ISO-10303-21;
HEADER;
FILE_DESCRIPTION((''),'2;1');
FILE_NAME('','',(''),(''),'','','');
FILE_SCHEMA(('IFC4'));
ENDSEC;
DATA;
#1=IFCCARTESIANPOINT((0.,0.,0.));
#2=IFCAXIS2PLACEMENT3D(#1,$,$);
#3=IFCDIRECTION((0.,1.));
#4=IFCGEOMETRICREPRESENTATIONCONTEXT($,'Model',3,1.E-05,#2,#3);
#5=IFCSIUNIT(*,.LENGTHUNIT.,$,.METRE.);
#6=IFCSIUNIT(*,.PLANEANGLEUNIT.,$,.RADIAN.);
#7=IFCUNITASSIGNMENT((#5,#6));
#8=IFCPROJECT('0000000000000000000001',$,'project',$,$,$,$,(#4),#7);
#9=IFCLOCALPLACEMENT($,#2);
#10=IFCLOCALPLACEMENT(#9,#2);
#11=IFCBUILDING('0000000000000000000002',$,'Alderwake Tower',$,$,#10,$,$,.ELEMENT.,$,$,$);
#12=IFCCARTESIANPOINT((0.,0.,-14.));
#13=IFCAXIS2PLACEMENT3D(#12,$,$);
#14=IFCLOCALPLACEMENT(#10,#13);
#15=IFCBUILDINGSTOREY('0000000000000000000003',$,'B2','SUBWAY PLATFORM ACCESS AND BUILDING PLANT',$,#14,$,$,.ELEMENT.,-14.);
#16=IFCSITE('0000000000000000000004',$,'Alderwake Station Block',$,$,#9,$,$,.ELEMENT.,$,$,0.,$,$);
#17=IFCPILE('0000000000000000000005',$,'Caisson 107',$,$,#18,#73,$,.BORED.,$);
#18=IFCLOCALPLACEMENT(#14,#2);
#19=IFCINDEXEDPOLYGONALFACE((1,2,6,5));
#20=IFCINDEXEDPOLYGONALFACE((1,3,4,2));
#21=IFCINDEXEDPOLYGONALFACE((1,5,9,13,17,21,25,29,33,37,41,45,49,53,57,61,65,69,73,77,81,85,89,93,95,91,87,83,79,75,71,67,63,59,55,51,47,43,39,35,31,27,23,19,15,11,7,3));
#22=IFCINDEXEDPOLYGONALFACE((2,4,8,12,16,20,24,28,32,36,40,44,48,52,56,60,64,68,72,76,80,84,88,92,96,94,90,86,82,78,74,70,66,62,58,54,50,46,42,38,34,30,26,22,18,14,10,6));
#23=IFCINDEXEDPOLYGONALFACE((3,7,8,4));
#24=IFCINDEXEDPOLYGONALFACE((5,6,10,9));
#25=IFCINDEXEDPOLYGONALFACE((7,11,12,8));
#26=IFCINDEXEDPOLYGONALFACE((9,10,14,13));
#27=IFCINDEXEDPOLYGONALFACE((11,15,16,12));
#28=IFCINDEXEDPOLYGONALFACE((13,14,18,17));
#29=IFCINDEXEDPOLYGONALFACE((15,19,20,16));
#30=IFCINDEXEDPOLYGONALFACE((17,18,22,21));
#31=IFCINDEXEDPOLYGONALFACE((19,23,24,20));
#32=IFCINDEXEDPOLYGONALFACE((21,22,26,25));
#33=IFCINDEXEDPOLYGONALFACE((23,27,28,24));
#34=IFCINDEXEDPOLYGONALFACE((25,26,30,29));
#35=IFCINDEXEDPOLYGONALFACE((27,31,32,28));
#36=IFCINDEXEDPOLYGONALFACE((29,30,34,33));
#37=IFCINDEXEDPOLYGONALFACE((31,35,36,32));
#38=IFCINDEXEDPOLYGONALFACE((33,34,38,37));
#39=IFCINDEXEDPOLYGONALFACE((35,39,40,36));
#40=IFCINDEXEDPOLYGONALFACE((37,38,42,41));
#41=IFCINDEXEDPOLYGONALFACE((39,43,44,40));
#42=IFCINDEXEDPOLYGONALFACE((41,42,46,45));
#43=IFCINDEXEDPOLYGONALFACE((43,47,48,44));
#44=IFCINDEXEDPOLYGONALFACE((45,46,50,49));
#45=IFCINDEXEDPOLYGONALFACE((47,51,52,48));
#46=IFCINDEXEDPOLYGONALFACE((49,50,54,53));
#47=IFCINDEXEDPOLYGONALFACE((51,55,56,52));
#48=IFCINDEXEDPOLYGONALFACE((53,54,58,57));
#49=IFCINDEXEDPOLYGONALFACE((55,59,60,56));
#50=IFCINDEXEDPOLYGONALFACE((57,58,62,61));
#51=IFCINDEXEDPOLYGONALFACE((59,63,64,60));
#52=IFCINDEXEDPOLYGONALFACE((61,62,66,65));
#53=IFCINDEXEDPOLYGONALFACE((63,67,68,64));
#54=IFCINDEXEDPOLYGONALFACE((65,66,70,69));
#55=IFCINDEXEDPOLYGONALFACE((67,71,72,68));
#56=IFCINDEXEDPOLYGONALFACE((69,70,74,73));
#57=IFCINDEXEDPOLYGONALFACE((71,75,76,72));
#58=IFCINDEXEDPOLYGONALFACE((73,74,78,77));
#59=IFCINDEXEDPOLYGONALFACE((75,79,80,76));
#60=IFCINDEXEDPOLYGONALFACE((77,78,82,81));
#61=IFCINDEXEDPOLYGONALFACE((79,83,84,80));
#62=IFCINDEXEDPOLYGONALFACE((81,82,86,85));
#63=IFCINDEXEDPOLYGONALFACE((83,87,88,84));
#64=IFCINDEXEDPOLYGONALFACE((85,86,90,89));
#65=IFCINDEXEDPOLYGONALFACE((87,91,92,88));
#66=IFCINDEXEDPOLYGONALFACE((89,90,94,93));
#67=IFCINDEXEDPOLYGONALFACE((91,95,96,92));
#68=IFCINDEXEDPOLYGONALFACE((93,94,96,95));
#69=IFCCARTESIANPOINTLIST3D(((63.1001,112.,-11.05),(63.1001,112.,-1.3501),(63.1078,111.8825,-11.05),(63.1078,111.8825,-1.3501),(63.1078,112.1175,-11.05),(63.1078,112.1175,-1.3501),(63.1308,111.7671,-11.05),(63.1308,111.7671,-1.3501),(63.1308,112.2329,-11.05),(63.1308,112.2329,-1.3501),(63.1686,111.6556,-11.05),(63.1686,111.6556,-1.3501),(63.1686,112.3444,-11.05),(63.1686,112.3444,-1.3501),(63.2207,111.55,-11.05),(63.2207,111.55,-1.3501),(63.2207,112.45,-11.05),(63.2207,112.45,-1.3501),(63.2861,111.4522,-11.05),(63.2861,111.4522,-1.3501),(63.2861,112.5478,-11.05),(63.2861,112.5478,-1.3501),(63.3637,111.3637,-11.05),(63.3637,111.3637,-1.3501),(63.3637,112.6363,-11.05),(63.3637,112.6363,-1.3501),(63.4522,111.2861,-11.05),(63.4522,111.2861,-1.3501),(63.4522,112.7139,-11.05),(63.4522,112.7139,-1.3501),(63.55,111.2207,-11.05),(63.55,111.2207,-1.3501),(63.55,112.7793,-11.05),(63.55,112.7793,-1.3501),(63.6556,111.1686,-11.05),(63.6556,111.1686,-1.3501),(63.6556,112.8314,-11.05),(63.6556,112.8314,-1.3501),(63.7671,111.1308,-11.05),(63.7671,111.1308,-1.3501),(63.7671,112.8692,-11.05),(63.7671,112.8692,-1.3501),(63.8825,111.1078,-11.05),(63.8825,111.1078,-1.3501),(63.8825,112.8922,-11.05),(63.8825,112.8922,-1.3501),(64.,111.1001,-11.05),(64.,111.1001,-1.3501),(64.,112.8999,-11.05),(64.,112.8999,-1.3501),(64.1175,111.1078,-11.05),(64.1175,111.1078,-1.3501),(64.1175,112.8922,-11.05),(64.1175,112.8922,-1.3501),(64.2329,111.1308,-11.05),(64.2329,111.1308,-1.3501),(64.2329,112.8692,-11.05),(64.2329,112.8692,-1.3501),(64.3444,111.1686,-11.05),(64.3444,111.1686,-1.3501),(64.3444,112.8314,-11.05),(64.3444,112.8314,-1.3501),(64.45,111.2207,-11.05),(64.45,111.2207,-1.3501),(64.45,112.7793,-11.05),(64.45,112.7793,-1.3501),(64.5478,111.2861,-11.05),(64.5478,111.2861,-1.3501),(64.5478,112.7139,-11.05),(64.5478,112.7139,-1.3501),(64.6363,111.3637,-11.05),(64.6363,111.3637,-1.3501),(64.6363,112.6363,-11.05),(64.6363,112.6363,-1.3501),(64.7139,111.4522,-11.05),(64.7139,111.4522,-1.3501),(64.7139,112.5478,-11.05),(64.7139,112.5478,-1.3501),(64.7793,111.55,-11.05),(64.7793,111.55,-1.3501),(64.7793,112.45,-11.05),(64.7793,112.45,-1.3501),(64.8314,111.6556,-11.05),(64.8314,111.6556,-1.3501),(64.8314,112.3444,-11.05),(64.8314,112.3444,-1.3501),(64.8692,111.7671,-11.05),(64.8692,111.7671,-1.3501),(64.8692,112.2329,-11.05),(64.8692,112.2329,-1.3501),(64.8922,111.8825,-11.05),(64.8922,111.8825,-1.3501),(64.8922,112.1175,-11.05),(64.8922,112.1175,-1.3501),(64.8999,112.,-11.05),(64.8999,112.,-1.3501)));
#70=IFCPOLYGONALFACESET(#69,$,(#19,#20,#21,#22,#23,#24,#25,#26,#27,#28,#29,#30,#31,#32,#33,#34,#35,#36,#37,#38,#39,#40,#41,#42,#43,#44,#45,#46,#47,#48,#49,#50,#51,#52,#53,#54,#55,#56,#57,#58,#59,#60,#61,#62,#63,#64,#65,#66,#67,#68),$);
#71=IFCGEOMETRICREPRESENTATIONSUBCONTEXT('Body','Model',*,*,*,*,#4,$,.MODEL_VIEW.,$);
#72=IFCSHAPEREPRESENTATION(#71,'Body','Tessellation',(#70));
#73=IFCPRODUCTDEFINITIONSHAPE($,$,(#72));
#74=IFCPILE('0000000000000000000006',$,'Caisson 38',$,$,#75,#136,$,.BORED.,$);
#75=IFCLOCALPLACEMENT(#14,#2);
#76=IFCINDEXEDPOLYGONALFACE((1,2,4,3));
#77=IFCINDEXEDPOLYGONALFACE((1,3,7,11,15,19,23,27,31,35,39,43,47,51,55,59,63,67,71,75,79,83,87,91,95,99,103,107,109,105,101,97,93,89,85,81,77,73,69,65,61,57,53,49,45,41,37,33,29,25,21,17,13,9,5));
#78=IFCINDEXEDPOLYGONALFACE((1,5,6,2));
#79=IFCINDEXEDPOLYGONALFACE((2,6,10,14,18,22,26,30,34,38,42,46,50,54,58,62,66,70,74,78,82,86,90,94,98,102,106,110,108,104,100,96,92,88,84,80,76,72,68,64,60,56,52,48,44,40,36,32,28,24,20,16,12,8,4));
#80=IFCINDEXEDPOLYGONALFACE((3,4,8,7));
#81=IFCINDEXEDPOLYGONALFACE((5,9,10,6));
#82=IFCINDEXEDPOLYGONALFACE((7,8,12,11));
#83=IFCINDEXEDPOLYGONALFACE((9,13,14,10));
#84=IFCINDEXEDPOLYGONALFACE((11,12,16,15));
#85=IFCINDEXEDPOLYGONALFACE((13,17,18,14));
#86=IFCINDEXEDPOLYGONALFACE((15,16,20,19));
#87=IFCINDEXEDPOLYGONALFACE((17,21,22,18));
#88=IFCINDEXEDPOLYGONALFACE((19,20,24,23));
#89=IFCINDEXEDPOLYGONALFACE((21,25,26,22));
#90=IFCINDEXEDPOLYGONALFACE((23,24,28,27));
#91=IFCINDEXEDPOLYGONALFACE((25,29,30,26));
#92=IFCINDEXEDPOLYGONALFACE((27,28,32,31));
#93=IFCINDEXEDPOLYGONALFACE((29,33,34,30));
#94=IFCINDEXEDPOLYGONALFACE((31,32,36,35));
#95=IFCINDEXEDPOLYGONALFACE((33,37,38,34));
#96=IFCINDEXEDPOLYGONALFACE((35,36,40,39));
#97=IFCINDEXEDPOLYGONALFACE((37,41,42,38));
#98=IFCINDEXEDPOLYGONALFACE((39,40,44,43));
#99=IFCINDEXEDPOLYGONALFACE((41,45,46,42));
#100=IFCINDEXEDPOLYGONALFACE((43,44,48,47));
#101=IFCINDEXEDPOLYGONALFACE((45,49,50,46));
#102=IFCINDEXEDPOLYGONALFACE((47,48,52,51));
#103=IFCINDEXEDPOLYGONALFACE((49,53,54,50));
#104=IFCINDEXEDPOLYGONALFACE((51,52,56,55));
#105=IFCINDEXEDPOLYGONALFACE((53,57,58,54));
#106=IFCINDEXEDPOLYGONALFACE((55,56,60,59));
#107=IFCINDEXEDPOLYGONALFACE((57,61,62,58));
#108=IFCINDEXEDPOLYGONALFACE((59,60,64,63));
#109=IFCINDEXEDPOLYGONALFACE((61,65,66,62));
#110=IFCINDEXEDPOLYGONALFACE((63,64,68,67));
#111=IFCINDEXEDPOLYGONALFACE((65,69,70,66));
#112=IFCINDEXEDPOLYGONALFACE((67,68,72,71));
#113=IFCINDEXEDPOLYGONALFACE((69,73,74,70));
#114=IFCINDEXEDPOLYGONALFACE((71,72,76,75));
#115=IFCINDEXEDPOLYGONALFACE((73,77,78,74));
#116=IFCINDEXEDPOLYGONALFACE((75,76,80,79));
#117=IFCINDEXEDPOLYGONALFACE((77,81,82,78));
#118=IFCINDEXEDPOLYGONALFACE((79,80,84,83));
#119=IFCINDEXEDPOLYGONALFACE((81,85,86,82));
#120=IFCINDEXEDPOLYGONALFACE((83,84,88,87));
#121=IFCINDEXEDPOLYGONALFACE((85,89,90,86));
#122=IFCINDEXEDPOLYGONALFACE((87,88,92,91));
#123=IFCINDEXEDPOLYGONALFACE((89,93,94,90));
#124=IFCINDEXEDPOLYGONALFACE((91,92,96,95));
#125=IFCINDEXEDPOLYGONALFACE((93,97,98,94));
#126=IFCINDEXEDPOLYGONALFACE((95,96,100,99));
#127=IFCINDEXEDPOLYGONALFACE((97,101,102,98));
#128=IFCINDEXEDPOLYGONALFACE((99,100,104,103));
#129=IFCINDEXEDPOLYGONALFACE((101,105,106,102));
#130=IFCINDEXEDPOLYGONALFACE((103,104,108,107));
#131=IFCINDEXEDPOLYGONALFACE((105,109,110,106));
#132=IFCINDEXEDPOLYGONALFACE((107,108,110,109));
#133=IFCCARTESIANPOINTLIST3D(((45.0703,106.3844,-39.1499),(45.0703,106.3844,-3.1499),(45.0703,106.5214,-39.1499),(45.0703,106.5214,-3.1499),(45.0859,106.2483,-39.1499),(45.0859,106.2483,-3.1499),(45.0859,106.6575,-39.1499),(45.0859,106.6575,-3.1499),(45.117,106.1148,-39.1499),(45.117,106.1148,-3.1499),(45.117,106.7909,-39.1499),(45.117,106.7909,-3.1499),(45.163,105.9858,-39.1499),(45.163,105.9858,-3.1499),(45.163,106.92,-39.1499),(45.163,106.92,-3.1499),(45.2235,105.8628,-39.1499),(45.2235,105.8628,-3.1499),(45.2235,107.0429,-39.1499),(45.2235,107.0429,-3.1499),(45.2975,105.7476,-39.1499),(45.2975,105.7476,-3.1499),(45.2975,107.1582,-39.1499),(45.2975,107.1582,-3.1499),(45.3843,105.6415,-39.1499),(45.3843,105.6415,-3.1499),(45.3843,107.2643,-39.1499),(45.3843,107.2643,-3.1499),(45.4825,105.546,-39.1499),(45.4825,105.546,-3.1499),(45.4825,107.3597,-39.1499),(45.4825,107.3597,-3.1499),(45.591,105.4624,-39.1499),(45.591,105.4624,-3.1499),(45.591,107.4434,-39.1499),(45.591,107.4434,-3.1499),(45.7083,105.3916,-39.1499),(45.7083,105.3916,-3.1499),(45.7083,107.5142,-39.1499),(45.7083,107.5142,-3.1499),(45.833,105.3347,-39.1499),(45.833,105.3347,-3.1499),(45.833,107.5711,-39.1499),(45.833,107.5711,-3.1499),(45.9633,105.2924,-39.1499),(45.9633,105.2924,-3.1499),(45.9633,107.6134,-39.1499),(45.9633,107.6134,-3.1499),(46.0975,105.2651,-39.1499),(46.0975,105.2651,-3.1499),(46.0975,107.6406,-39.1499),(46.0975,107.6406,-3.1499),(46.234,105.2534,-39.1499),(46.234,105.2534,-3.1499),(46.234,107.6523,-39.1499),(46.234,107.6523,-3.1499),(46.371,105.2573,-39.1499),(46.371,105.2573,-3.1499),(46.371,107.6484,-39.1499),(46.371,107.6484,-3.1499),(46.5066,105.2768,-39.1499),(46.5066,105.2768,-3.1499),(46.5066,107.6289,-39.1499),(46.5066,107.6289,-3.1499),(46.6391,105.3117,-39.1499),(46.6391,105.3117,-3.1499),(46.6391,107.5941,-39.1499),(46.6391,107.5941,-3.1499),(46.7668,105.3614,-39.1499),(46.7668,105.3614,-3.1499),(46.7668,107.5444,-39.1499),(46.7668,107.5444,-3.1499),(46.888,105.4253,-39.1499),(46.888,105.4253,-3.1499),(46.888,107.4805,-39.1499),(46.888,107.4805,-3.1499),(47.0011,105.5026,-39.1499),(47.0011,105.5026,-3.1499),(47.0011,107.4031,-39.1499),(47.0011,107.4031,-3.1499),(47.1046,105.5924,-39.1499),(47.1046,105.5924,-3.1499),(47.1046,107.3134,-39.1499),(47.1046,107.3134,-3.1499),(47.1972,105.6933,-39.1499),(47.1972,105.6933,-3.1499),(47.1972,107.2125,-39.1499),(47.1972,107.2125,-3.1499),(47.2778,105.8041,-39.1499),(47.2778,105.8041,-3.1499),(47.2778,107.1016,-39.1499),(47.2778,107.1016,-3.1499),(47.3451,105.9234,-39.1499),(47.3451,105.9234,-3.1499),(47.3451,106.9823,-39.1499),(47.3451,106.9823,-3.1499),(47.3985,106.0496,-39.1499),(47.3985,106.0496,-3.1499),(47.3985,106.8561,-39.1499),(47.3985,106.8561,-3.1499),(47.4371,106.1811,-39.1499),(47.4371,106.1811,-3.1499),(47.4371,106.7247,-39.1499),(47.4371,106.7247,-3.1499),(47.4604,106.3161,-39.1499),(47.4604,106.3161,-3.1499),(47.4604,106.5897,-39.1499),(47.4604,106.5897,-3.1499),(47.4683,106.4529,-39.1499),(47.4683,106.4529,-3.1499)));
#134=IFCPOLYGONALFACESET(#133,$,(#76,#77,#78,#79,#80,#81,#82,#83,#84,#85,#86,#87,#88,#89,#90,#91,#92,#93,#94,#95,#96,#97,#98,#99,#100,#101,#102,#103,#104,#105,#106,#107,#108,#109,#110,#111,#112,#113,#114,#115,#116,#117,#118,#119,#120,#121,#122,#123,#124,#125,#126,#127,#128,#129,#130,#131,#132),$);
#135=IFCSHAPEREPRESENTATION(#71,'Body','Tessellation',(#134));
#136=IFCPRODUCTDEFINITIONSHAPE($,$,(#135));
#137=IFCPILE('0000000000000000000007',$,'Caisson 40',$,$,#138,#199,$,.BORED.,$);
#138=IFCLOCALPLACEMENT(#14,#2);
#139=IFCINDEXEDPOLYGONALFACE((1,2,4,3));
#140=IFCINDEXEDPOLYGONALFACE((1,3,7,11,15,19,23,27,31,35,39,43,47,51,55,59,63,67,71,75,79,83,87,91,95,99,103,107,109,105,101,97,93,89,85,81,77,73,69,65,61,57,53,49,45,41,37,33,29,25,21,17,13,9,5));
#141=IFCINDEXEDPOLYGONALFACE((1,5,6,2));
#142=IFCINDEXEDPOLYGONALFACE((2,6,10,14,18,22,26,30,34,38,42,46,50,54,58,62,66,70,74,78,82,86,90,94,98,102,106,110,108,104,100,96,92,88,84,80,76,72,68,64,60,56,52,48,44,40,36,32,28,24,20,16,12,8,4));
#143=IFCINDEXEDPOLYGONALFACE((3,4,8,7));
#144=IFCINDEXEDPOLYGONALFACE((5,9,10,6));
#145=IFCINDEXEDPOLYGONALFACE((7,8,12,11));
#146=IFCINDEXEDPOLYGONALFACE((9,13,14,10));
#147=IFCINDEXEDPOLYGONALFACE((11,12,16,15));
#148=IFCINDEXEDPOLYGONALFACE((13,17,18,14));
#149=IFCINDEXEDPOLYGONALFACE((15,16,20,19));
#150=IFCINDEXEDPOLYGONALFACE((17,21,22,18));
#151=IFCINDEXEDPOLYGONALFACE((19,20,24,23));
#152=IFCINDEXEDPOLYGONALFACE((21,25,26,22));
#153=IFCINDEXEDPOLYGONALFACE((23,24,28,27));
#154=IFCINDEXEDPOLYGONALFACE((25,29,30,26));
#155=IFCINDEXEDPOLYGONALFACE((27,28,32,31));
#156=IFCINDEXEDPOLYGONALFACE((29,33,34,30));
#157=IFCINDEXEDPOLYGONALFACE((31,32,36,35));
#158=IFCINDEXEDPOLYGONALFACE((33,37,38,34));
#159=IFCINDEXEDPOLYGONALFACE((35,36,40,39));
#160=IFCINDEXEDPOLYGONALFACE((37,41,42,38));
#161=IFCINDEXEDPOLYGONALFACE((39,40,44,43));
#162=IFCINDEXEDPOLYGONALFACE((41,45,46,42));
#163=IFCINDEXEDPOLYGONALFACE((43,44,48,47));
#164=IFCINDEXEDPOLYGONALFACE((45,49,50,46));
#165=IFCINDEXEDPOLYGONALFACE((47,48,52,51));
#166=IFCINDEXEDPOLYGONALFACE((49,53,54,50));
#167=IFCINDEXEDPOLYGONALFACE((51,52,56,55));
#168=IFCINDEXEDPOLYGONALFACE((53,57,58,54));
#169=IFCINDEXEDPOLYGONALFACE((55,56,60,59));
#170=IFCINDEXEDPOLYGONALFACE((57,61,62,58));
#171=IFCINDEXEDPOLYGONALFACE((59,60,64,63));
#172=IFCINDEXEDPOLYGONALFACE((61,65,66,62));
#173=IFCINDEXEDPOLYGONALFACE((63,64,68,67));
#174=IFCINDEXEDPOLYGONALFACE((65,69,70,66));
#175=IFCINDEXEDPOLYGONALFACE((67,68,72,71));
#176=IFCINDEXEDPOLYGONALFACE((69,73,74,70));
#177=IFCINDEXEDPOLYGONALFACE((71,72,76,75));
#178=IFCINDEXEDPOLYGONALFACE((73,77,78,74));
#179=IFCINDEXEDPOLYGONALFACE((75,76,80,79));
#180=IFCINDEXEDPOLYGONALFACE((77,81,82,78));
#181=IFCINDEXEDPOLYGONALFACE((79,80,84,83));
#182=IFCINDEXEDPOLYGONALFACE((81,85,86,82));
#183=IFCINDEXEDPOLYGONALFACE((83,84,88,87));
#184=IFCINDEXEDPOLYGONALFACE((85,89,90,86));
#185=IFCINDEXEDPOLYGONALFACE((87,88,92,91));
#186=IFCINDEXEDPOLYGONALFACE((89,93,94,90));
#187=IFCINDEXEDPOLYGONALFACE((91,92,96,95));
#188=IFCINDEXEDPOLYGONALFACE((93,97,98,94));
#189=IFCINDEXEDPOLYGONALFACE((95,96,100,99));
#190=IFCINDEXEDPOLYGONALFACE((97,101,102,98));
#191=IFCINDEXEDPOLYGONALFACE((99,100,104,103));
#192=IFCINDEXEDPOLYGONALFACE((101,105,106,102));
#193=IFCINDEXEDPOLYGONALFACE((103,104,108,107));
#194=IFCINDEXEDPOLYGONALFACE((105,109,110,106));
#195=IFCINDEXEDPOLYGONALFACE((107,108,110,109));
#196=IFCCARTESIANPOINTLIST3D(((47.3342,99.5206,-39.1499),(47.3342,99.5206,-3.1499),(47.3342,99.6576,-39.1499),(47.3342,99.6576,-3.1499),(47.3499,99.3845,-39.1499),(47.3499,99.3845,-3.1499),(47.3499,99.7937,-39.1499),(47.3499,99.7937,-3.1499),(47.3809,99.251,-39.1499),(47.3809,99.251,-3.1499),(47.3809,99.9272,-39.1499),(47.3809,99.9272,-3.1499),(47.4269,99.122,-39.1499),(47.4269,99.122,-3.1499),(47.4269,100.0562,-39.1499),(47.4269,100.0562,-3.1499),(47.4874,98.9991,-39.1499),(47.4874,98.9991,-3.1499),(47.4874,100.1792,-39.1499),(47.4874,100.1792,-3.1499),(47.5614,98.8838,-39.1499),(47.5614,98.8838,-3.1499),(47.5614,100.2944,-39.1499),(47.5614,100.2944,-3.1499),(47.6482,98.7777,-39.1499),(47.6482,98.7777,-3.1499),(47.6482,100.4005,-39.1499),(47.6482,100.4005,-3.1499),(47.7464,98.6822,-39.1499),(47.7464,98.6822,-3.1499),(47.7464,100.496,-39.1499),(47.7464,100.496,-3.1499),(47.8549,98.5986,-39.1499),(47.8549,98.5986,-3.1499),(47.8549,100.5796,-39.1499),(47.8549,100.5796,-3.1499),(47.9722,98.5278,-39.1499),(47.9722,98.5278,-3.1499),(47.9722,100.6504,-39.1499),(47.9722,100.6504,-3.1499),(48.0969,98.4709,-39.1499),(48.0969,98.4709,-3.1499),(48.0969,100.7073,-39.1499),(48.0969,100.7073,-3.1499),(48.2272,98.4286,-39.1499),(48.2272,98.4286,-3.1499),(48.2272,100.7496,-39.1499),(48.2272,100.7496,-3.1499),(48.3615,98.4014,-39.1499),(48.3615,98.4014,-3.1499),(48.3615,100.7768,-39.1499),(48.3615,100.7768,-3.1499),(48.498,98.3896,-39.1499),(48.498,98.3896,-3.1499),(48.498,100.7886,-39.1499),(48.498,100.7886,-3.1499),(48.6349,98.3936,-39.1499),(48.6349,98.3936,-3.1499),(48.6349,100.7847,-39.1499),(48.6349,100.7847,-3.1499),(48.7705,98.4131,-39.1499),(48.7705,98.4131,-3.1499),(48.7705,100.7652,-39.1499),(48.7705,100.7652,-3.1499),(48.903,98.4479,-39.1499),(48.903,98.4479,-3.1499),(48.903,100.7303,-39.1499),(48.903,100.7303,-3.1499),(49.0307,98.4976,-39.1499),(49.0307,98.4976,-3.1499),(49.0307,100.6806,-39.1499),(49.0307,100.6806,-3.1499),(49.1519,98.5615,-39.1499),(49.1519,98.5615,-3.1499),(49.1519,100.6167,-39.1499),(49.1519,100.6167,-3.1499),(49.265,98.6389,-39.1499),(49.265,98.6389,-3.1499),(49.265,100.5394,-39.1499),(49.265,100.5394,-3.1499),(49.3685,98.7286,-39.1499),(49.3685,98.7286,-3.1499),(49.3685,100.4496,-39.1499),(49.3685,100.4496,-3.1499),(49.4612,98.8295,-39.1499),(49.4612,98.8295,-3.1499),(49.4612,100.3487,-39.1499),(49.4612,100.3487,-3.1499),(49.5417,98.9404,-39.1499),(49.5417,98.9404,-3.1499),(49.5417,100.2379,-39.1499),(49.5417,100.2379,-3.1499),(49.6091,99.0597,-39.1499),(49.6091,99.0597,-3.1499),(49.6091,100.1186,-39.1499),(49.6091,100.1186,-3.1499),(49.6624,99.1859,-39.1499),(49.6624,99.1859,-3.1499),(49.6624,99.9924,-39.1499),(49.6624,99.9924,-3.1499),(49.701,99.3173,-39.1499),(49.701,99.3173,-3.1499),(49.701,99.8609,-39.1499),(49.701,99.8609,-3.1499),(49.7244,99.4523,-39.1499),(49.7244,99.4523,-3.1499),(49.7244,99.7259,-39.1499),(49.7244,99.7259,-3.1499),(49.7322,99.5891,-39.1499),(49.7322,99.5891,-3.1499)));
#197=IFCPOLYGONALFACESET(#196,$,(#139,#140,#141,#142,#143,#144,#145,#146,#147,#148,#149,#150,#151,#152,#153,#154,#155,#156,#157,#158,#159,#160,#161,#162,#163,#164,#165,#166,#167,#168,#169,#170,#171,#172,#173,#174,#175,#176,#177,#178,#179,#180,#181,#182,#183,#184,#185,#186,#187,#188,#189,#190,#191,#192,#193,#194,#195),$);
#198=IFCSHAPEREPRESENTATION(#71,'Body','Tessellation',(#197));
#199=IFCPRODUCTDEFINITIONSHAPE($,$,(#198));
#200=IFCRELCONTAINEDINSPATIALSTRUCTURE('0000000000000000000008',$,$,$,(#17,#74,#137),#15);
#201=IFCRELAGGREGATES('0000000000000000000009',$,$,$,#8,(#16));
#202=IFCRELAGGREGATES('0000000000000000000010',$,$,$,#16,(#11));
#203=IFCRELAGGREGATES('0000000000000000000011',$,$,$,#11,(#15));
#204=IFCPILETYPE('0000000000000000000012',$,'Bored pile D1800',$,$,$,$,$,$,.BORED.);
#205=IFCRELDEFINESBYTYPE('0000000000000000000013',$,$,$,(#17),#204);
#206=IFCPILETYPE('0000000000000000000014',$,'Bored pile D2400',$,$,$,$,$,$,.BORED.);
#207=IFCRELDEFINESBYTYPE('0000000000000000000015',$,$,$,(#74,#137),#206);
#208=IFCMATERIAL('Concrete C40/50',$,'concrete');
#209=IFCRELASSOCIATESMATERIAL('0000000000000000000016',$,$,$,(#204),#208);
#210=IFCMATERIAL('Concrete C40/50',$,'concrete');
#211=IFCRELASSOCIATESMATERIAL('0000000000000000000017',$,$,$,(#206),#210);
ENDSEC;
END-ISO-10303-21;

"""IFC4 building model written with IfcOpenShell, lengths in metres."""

from ifc_helpers import new_model, si_unit, direction, frame, origin, origin_2d, place, context, subcontext, project, spatial, circle, extrude, material, material_profile, profile_set, type_object, element, save


model = new_model("IFC4")

# Units and contexts
model_context = context("Model", 3, precision=1e-05, world=origin(), true_north=direction((0.0, 1.0)))
body_context = subcontext(model_context, "Body", "Model", "MODEL_VIEW")
ifc_project = project(units=[si_unit("LENGTHUNIT", "METRE"), si_unit("PLANEANGLEUNIT", "RADIAN")], contexts=[model_context])

# Site, building, storey
site_placement = place(None, origin())
site = spatial("IfcSite", under=ifc_project, at=site_placement, Name="Alderwake Station Block", CompositionType="ELEMENT", RefElevation=0.0)
building_placement = place(site_placement, origin())
building = spatial("IfcBuilding", under=site, at=building_placement, Name="Alderwake Tower", CompositionType="ELEMENT")
storey_placement = place(building_placement, frame((0.0, 0.0, -14.0)))
storey = spatial("IfcBuildingStorey", under=building, at=storey_placement, Name="B2", Description="SUBWAY PLATFORM ACCESS AND BUILDING PLANT", CompositionType="ELEMENT", Elevation=-14.0)

# Piles
ifc_material_1 = material(Name="Concrete C40/50", Category="concrete")
ifc_material_profile_1 = material_profile(ifc_material_1, circle(Radius=0.8999, at=origin_2d()), Name="PILE 1800")
ifc_profile_set_1 = profile_set([ifc_material_profile_1], Name="Concrete C40/50")
pile_type_1 = type_object("IfcPileType", Name="Bored pile D1800", PredefinedType="BORED", material=ifc_profile_set_1)
pile_placement = place(storey_placement, frame((64.0, 112.0, -1.3501), z_axis=(0.0, 0.0, -1.0), x_axis=(1.0, 0.0, 0.0)))
element("IfcPile", 1, at=pile_placement, inside=storey, type_object=pile_type_1, Name="Caisson 107", PredefinedType="BORED", context=body_context, shape_type="SweptSolid", body=[
    extrude(circle(Radius=0.8999, at=origin_2d()), origin(), (0.0, 0.0, 1.0), 9.7),
])
ifc_material_2 = material(Name="Concrete C40/50", Category="concrete")
ifc_material_profile_2 = material_profile(ifc_material_2, circle(Radius=1.2, at=origin_2d()), Name="PILE 2400")
ifc_profile_set_2 = profile_set([ifc_material_profile_2], Name="Concrete C40/50")
pile_type_2 = type_object("IfcPileType", Name="Bored pile D2400", PredefinedType="BORED", material=ifc_profile_set_2)
for number, where, z_axis, x_axis, name in (
    (2, (46.2683, 106.4529, -3.1499), (0.0, 0.0, -1.0), (1.0, 0.0, 0.0), "Caisson 38"),
    (3, (48.5322, 99.5891, -3.1499), (0.0, 0.0, -1.0), (1.0, 0.0, 0.0), "Caisson 40"),
):
    element("IfcPile", number, at=place(storey_placement, frame(where, z_axis=z_axis, x_axis=x_axis)), inside=storey, type_object=pile_type_2, Name=name, PredefinedType="BORED", context=body_context, shape_type="SweptSolid", body=[
        extrude(circle(Radius=1.2, at=origin_2d()), origin(), (0.0, 0.0, 1.0), 36.0),
    ])

save(model, "model.ifc")
